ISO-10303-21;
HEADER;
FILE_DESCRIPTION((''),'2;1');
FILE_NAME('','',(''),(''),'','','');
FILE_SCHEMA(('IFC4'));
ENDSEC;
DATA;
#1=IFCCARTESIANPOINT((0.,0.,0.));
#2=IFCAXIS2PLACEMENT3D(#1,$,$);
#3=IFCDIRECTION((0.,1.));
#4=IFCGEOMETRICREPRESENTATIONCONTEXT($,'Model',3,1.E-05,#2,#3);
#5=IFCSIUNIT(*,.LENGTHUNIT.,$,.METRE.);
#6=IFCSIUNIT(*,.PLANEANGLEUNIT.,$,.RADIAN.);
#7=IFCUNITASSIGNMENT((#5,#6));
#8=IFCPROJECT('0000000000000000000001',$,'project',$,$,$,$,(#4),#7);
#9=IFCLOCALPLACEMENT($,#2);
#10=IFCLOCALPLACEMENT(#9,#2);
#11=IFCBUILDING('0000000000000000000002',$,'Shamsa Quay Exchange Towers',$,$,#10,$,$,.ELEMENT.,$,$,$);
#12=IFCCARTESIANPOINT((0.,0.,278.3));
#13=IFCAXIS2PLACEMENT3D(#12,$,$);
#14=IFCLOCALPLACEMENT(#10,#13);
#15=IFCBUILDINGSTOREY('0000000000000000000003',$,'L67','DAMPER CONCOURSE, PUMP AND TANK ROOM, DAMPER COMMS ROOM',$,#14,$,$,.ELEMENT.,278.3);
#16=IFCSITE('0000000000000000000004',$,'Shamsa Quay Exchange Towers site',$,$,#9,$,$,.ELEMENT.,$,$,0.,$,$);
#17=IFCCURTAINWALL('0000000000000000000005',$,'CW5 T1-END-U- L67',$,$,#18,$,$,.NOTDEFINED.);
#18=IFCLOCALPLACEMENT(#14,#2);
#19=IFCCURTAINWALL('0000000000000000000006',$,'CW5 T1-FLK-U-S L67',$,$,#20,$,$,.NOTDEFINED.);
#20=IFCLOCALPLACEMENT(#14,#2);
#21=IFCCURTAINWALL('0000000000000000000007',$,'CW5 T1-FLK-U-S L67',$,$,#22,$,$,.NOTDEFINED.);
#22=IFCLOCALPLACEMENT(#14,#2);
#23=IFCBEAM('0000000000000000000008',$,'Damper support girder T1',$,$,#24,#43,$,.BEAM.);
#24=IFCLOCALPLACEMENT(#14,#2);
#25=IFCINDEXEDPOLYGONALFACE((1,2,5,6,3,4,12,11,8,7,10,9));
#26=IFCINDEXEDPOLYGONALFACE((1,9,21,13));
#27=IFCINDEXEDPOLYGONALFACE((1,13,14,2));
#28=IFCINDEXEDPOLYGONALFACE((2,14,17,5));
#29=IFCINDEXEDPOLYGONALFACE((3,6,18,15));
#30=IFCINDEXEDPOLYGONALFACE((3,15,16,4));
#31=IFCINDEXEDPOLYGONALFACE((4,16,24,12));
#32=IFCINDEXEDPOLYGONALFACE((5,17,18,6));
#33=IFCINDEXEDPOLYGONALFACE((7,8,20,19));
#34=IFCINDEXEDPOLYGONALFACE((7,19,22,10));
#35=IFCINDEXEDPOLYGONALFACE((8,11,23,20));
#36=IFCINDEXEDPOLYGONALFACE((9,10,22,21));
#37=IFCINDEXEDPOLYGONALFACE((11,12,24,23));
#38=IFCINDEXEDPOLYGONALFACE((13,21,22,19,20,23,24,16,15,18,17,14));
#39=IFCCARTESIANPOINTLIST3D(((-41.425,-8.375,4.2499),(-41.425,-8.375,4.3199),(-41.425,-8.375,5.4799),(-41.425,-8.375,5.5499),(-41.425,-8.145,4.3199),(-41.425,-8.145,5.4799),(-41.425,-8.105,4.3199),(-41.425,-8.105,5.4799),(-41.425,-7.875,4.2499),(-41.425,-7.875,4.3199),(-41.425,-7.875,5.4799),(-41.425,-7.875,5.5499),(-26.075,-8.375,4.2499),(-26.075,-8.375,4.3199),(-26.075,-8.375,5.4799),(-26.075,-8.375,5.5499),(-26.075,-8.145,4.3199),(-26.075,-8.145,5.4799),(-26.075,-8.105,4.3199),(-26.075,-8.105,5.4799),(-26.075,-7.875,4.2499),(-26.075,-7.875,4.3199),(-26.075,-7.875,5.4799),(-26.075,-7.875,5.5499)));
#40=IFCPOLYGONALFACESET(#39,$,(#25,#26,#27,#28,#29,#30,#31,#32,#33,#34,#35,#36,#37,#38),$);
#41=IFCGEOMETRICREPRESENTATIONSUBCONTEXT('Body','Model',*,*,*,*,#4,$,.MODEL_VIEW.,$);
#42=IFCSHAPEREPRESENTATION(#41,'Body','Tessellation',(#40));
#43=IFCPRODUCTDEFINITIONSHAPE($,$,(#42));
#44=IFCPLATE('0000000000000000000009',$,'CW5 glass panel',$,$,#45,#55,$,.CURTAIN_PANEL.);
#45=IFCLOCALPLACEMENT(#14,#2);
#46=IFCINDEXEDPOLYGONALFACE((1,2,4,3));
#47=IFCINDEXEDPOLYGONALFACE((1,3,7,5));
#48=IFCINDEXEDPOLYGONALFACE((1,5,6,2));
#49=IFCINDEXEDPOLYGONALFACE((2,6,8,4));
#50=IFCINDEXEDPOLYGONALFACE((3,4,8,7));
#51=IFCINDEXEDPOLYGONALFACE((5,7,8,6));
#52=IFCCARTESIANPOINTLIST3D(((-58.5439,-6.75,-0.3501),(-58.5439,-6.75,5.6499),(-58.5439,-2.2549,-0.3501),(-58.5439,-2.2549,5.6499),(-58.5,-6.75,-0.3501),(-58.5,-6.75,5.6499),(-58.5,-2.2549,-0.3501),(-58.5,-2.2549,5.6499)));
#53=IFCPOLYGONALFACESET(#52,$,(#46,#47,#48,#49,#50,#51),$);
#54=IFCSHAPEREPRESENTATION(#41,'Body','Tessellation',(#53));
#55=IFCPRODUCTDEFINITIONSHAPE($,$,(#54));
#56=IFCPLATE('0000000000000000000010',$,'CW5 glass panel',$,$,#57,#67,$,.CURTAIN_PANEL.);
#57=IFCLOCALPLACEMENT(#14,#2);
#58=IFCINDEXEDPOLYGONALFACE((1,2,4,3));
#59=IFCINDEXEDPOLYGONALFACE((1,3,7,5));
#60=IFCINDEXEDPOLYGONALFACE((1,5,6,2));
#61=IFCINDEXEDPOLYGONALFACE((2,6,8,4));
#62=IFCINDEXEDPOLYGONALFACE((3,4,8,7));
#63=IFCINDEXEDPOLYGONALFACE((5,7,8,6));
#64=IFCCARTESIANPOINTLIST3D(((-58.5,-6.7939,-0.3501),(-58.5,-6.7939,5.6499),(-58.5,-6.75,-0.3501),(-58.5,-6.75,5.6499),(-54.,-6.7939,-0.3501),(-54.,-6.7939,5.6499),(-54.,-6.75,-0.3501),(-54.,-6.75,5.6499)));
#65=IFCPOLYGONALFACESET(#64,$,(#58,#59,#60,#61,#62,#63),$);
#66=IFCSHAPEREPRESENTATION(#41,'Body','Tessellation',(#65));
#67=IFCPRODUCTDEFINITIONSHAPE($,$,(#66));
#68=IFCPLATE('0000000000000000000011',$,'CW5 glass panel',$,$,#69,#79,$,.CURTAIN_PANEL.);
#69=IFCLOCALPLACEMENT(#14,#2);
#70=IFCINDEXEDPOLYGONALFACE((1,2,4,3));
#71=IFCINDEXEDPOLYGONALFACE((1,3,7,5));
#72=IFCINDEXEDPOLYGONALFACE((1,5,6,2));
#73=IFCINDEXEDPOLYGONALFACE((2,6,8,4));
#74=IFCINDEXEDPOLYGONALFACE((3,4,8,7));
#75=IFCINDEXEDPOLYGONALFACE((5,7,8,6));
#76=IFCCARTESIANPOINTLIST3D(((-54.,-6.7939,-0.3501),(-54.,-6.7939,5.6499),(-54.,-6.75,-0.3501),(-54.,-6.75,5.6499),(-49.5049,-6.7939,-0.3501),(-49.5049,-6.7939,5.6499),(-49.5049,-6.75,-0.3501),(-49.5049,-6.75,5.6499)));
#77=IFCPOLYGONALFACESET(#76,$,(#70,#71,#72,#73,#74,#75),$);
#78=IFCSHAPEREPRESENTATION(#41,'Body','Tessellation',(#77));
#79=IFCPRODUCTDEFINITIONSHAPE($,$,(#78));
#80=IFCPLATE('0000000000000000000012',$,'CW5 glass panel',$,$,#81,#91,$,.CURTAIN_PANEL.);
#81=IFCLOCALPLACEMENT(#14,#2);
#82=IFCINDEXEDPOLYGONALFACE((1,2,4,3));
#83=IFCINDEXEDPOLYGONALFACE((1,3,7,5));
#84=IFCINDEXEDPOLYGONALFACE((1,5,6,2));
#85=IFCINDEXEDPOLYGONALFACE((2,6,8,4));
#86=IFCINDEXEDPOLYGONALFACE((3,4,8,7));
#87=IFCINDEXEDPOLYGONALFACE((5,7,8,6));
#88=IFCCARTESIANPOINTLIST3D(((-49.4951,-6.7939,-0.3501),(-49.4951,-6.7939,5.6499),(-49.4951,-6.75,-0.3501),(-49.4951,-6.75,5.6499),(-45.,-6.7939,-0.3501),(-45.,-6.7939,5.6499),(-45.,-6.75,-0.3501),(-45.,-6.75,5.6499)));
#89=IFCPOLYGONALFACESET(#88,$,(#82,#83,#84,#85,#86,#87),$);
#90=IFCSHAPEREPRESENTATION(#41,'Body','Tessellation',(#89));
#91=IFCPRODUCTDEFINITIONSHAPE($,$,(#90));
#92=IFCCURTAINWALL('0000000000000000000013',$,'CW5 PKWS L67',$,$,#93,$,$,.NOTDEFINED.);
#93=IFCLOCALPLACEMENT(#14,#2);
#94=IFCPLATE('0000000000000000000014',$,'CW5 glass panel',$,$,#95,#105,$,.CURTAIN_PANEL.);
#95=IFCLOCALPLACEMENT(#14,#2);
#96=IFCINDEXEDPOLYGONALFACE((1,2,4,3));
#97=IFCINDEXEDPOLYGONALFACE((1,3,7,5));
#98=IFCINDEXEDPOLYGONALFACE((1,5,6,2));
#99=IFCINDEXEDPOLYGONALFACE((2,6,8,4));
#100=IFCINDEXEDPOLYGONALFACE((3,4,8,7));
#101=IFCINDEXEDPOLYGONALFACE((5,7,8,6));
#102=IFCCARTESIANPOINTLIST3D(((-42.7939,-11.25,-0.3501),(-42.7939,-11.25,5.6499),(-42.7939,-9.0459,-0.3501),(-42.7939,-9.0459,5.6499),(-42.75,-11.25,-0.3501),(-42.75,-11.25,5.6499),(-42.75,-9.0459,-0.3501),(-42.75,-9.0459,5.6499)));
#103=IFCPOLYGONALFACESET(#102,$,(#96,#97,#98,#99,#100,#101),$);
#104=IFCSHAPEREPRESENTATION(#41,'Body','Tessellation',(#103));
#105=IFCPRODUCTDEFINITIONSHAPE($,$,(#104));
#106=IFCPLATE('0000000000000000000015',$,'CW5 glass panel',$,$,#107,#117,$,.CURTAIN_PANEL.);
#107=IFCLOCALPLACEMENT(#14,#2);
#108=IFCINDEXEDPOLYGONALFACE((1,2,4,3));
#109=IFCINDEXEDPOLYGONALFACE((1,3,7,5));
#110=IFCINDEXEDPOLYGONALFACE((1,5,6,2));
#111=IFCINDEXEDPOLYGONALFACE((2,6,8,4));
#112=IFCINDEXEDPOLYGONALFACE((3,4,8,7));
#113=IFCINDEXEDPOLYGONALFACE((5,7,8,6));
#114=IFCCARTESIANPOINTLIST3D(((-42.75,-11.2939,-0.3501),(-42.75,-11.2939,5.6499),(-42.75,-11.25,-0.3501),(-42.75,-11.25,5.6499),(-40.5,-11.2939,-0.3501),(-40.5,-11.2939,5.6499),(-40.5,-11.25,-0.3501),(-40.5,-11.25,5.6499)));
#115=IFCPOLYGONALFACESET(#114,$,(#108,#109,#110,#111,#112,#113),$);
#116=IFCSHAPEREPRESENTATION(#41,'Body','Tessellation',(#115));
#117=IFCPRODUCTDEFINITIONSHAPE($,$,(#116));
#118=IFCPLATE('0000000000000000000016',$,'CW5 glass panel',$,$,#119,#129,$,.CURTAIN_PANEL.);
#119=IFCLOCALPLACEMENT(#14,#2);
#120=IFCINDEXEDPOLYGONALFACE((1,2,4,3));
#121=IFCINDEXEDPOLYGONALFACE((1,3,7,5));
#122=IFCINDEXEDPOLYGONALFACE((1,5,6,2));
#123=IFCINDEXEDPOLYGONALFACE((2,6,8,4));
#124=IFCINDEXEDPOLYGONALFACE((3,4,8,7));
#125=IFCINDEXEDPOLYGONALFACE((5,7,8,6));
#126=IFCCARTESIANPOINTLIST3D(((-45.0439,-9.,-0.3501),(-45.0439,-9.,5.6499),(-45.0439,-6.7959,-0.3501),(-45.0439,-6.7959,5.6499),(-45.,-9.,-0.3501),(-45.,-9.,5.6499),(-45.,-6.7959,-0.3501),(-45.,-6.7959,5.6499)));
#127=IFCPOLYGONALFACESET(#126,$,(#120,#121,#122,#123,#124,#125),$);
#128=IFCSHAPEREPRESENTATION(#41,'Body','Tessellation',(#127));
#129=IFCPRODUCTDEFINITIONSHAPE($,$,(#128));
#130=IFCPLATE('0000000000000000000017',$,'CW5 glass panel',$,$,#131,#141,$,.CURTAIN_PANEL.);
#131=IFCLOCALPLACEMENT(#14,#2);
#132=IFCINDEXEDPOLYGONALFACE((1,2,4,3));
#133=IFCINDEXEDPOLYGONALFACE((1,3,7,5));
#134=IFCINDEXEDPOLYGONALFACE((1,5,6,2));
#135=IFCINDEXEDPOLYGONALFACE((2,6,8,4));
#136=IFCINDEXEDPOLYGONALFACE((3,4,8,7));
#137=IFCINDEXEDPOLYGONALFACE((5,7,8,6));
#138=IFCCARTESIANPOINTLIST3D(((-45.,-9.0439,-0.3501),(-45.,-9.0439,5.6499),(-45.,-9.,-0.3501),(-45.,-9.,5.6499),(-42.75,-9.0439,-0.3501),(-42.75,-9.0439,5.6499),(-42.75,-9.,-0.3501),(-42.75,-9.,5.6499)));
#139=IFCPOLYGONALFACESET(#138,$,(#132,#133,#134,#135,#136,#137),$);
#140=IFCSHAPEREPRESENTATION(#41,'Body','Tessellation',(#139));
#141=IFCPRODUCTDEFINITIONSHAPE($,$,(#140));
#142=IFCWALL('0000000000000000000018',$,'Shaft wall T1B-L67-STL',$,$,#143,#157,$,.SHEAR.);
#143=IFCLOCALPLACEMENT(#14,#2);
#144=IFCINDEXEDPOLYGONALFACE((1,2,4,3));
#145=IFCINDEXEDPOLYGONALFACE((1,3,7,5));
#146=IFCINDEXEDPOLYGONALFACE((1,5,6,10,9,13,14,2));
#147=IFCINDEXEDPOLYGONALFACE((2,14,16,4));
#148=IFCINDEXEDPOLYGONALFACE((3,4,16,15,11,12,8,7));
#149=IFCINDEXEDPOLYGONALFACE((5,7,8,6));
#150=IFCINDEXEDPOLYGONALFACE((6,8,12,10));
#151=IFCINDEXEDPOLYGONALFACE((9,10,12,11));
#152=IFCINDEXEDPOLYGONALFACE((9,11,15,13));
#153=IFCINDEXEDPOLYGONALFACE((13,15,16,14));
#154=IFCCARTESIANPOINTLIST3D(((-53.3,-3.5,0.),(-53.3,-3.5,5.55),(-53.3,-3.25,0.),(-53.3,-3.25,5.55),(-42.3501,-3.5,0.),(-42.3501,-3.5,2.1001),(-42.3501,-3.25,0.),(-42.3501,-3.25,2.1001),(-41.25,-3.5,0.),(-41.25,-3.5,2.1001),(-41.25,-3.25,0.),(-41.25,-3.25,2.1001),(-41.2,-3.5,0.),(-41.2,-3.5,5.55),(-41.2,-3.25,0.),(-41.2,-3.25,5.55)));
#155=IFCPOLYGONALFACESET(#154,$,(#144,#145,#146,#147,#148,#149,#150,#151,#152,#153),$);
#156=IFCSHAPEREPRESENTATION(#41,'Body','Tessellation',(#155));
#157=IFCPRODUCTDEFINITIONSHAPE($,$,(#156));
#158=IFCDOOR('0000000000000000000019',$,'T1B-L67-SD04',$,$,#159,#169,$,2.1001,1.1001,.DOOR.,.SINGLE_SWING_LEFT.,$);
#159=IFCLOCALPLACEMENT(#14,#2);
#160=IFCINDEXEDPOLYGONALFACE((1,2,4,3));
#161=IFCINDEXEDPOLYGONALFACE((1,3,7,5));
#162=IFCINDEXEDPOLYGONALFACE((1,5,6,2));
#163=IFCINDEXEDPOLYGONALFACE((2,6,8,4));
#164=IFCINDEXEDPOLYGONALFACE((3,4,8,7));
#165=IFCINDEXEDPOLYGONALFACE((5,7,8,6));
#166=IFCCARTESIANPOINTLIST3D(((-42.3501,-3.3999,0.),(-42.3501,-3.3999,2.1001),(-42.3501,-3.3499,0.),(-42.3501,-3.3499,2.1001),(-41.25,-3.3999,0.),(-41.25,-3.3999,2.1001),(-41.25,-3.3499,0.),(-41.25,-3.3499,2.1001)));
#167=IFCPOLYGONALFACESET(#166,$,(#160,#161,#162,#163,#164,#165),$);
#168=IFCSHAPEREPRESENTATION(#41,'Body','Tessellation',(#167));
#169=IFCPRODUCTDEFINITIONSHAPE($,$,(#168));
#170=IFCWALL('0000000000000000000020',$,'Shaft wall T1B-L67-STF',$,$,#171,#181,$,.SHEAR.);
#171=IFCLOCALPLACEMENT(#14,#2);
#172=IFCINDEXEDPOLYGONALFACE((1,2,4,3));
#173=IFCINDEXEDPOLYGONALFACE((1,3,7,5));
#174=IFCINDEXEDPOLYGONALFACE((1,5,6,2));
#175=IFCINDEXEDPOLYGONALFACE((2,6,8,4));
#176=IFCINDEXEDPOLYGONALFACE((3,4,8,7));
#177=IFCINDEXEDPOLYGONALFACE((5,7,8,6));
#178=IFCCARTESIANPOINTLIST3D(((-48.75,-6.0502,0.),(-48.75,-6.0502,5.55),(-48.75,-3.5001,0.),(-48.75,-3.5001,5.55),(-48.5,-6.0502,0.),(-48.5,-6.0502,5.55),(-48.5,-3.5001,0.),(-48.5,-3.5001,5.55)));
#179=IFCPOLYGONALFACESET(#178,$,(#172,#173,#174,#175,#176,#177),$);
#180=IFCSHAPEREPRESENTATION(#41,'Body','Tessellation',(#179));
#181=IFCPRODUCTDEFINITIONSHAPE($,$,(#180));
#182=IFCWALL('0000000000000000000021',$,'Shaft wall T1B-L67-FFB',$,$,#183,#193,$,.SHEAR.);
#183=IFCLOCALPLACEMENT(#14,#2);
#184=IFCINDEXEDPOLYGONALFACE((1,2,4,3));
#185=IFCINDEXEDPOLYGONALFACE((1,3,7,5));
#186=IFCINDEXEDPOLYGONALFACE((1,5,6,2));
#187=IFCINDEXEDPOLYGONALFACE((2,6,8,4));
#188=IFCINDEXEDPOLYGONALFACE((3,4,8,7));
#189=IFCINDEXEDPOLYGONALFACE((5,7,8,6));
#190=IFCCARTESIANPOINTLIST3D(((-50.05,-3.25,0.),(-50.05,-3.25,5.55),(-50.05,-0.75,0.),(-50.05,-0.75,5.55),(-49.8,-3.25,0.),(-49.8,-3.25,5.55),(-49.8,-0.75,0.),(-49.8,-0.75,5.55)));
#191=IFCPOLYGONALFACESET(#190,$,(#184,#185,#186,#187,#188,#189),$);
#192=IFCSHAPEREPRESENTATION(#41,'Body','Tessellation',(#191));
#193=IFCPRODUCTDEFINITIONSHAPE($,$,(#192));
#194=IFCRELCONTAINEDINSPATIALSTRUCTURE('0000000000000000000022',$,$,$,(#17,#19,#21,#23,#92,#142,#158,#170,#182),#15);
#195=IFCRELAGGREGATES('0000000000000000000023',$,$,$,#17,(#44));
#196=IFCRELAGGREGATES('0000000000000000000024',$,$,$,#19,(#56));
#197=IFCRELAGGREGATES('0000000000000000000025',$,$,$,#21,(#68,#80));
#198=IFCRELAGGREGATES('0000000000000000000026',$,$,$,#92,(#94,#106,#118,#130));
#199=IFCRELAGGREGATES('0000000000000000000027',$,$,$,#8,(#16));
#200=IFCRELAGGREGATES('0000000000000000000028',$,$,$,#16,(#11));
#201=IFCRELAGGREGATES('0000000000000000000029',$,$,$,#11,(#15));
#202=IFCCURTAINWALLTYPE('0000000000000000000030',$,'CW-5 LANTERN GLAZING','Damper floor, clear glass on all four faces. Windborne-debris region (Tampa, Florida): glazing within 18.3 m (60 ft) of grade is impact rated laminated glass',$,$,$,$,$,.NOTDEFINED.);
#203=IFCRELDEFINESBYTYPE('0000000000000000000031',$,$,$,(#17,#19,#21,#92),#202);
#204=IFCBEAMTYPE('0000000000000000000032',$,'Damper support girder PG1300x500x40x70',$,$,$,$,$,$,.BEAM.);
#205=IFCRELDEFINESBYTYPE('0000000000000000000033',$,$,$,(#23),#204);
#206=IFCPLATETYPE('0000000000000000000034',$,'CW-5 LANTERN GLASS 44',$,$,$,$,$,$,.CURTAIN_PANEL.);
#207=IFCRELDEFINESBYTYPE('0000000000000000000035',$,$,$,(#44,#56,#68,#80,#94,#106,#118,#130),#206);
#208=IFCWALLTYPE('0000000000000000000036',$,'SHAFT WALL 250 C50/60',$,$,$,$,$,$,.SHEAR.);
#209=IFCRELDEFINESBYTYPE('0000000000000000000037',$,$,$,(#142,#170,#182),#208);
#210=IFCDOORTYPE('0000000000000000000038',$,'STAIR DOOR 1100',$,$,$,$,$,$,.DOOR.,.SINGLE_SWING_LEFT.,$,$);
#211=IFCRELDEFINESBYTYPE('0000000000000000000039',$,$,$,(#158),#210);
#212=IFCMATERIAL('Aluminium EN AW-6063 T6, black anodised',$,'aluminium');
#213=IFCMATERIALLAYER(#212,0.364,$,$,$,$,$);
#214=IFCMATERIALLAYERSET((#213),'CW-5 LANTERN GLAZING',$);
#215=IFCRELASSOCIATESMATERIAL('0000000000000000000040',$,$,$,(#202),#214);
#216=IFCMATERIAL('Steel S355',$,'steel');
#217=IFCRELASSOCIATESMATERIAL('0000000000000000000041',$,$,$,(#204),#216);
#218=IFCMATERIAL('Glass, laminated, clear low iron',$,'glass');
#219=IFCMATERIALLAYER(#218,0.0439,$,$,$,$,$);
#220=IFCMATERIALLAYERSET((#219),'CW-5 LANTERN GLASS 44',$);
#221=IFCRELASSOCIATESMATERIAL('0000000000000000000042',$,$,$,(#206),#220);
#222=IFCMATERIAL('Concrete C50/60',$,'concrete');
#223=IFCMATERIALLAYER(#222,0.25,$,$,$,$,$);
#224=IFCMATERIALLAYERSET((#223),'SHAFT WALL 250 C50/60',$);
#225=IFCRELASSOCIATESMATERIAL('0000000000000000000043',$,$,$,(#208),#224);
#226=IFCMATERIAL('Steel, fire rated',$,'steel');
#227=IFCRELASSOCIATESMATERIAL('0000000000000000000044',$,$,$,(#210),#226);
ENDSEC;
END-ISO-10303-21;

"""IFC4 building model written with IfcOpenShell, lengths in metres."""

from ifc_helpers import new_model, si_unit, direction, frame, frame_2d, origin, origin_2d, place, context, subcontext, project, spatial, rectangle, i_section, extrude, material, layer, layer_set, material_profile, profile_set, type_object, element, fill, aggregate, save


model = new_model("IFC4")

# Units and contexts
model_context = context("Model", 3, precision=1e-05, world=origin(), true_north=direction((0.0, 1.0)))
body_context = subcontext(model_context, "Body", "Model", "MODEL_VIEW")
ifc_project = project(units=[si_unit("LENGTHUNIT", "METRE"), si_unit("PLANEANGLEUNIT", "RADIAN")], contexts=[model_context])

# Site, building, storey
site_placement = place(None, origin())
site = spatial("IfcSite", under=ifc_project, at=site_placement, Name="Shamsa Quay Exchange Towers site", CompositionType="ELEMENT", RefElevation=0.0)
building_placement = place(site_placement, origin())
building = spatial("IfcBuilding", under=site, at=building_placement, Name="Shamsa Quay Exchange Towers", CompositionType="ELEMENT")
storey_placement = place(building_placement, frame((0.0, 0.0, 278.3)))
storey = spatial("IfcBuildingStorey", under=building, at=storey_placement, Name="L67", Description="DAMPER CONCOURSE, PUMP AND TANK ROOM, DAMPER COMMS ROOM", CompositionType="ELEMENT", Elevation=278.3)

# Curtain walls
ifc_material_1 = material(Name="Aluminium EN AW-6063 T6, black anodised", Category="aluminium")
ifc_layer_1 = layer(ifc_material_1, 0.364)
ifc_layer_set_1 = layer_set([ifc_layer_1], Name="CW-5 LANTERN GLAZING")
curtain_wall_type = type_object("IfcCurtainWallType", Name="CW-5 LANTERN GLAZING", Description="Damper floor, clear glass on all four faces. Windborne-debris region (Tampa, Florida): glazing within 18.3 m (60 ft) of grade is impact rated laminated glass", PredefinedType="NOTDEFINED", material=ifc_layer_set_1)
curtain_wall_1_placement = place(storey_placement, origin())
curtain_wall_1 = element("IfcCurtainWall", 1, at=curtain_wall_1_placement, inside=storey, type_object=curtain_wall_type, Name="CW5 T1-END-U- L67", PredefinedType="NOTDEFINED")
curtain_wall_2_placement = place(storey_placement, origin())
curtain_wall_2 = element("IfcCurtainWall", 2, at=curtain_wall_2_placement, inside=storey, type_object=curtain_wall_type, Name="CW5 T1-FLK-U-S L67", PredefinedType="NOTDEFINED")
curtain_wall_3_placement = place(storey_placement, origin())
curtain_wall_3 = element("IfcCurtainWall", 3, at=curtain_wall_3_placement, inside=storey, type_object=curtain_wall_type, Name="CW5 T1-FLK-U-S L67", PredefinedType="NOTDEFINED")

# Beam
ifc_material_2 = material(Name="Steel S355", Category="steel")
ifc_material_profile_1 = material_profile(ifc_material_2, i_section(OverallWidth=0.5, OverallDepth=1.3, WebThickness=0.04, FlangeThickness=0.0701, at=origin_2d()), Name="PG1300x500x40x70")
ifc_profile_set_1 = profile_set([ifc_material_profile_1], Name="Steel S355")
beam_type = type_object("IfcBeamType", Name="Damper support girder PG1300x500x40x70", PredefinedType="BEAM", material=ifc_profile_set_1)
beam_placement = place(storey_placement, frame((-41.425, -8.125, 4.8999), z_axis=(1.0, 0.0, 0.0), x_axis=(0.0, 1.0, 0.0)))
element("IfcBeam", 4, at=beam_placement, inside=storey, type_object=beam_type, Name="Damper support girder T1", PredefinedType="BEAM", context=body_context, shape_type="SweptSolid", body=[
    extrude(i_section(OverallWidth=0.5, OverallDepth=1.3, WebThickness=0.04, FlangeThickness=0.0701, at=origin_2d()), origin(), (0.0, 0.0, 1.0), 15.3501),
])

# Plates
ifc_material_3 = material(Name="Glass, laminated, clear low iron", Category="glass")
ifc_layer_2 = layer(ifc_material_3, 0.0439)
ifc_layer_set_2 = layer_set([ifc_layer_2], Name="CW-5 LANTERN GLASS 44")
plate_type = type_object("IfcPlateType", Name="CW-5 LANTERN GLASS 44", PredefinedType="CURTAIN_PANEL", material=ifc_layer_set_2)
plate_1_placement = place(storey_placement, frame((-58.522, -4.5024, -0.3501), z_axis=(0.0, 0.0, 1.0), x_axis=(0.0, -1.0, 0.0)))
plate_1 = element("IfcPlate", 5, at=plate_1_placement, type_object=plate_type, Name="CW5 glass panel", PredefinedType="CURTAIN_PANEL", context=body_context, shape_type="SweptSolid", body=[
    extrude(rectangle(XDim=4.4951, YDim=0.0439, at=origin_2d()), origin(), (0.0, 0.0, 1.0), 6.0),
])
aggregate(curtain_wall_1, [plate_1])
plate_2_placement = place(storey_placement, frame((-56.25, -6.772, -0.3501)))
plate_2 = element("IfcPlate", 6, at=plate_2_placement, type_object=plate_type, Name="CW5 glass panel", PredefinedType="CURTAIN_PANEL", context=body_context, shape_type="SweptSolid", body=[
    extrude(rectangle(XDim=4.5, YDim=0.0439, at=origin_2d()), origin(), (0.0, 0.0, 1.0), 6.0),
])
aggregate(curtain_wall_2, [plate_2])
plate_3_placement = place(storey_placement, frame((-51.7524, -6.772, -0.3501)))
plate_3 = element("IfcPlate", 7, at=plate_3_placement, type_object=plate_type, Name="CW5 glass panel", PredefinedType="CURTAIN_PANEL", context=body_context, shape_type="SweptSolid", body=[
    extrude(rectangle(XDim=4.4951, YDim=0.0439, at=origin_2d()), origin(), (0.0, 0.0, 1.0), 6.0),
])
plate_4_placement = place(storey_placement, frame((-47.2476, -6.772, -0.3501)))
plate_4 = element("IfcPlate", 8, at=plate_4_placement, type_object=plate_type, Name="CW5 glass panel", PredefinedType="CURTAIN_PANEL", context=body_context, shape_type="SweptSolid", body=[
    extrude(rectangle(XDim=4.4951, YDim=0.0439, at=origin_2d()), origin(), (0.0, 0.0, 1.0), 6.0),
])
aggregate(curtain_wall_3, [plate_3, plate_4])

# Curtain wall, plates
curtain_wall_4_placement = place(storey_placement, origin())
curtain_wall_4 = element("IfcCurtainWall", 9, at=curtain_wall_4_placement, inside=storey, type_object=curtain_wall_type, Name="CW5 PKWS L67", PredefinedType="NOTDEFINED")
plate_5_placement = place(storey_placement, frame((-42.772, -10.1479, -0.3501), z_axis=(0.0, 0.0, 1.0), x_axis=(0.0, -1.0, 0.0)))
plate_5 = element("IfcPlate", 10, at=plate_5_placement, type_object=plate_type, Name="CW5 glass panel", PredefinedType="CURTAIN_PANEL", context=body_context, shape_type="SweptSolid", body=[
    extrude(rectangle(XDim=2.2041, YDim=0.0439, at=origin_2d()), origin(), (0.0, 0.0, 1.0), 6.0),
])
plate_6_placement = place(storey_placement, frame((-41.625, -11.272, -0.3501)))
plate_6 = element("IfcPlate", 11, at=plate_6_placement, type_object=plate_type, Name="CW5 glass panel", PredefinedType="CURTAIN_PANEL", context=body_context, shape_type="SweptSolid", body=[
    extrude(rectangle(XDim=2.25, YDim=0.0439, at=origin_2d()), origin(), (0.0, 0.0, 1.0), 6.0),
])
plate_7_placement = place(storey_placement, frame((-45.022, -7.8979, -0.3501), z_axis=(0.0, 0.0, 1.0), x_axis=(0.0, -1.0, 0.0)))
plate_7 = element("IfcPlate", 12, at=plate_7_placement, type_object=plate_type, Name="CW5 glass panel", PredefinedType="CURTAIN_PANEL", context=body_context, shape_type="SweptSolid", body=[
    extrude(rectangle(XDim=2.2041, YDim=0.0439, at=origin_2d()), origin(), (0.0, 0.0, 1.0), 6.0),
])
plate_8_placement = place(storey_placement, frame((-43.875, -9.022, -0.3501)))
plate_8 = element("IfcPlate", 13, at=plate_8_placement, type_object=plate_type, Name="CW5 glass panel", PredefinedType="CURTAIN_PANEL", context=body_context, shape_type="SweptSolid", body=[
    extrude(rectangle(XDim=2.25, YDim=0.0439, at=origin_2d()), origin(), (0.0, 0.0, 1.0), 6.0),
])
aggregate(curtain_wall_4, [plate_5, plate_6, plate_7, plate_8])

# Shared definitions
ifc_material_4 = material(Name="Steel, fire rated", Category="steel")

# Wall, opening, door
ifc_material_5 = material(Name="Concrete C50/60", Category="concrete")
ifc_layer_3 = layer(ifc_material_5, 0.25)
ifc_layer_set_3 = layer_set([ifc_layer_3], Name="SHAFT WALL 250 C50/60")
wall_type_1 = type_object("IfcWallType", Name="SHAFT WALL 250 C50/60", PredefinedType="SHEAR", material=ifc_layer_set_3)
wall_1_placement = place(storey_placement, frame((-41.2, -3.375, 0.0), z_axis=(0.0, 0.0, 1.0), x_axis=(-1.0, 0.0, 0.0)))
wall_1 = element("IfcWall", 14, at=wall_1_placement, inside=storey, type_object=wall_type_1, Name="Shaft wall T1B-L67-STL", PredefinedType="SHEAR", context=body_context, shape_type="SweptSolid", body=[
    extrude(rectangle(XDim=12.1001, YDim=0.25, at=frame_2d((6.05, 0.0))), origin(), (0.0, 0.0, 1.0), 5.55),
])
opening_1_placement = place(wall_1_placement, frame((0.05, 0.0, 0.0)))
opening_1 = element("IfcOpeningElement", 15, at=opening_1_placement, cuts=wall_1, PredefinedType="OPENING", context=body_context, shape_type="SweptSolid", body=[
    extrude(rectangle(XDim=1.1001, YDim=2.1001, at=frame_2d((0.55, 1.05))), frame((0.0, 0.135, 0.0), z_axis=(0.0, -1.0, 0.0), x_axis=(1.0, 0.0, 0.0)), (0.0, 0.0, 1.0), 0.27),
])
door_type_1 = type_object("IfcDoorType", Name="STAIR DOOR 1100", OperationType="SINGLE_SWING_LEFT", PredefinedType="DOOR", material=ifc_material_4)
door_1_placement = place(opening_1_placement, origin())
door_1 = element("IfcDoor", 16, at=door_1_placement, inside=storey, type_object=door_type_1, Name="T1B-L67-SD04", OperationType="SINGLE_SWING_LEFT", OverallHeight=2.1001, OverallWidth=1.1001, PredefinedType="DOOR", context=body_context, shape_type="SweptSolid", body=[
    extrude(rectangle(XDim=1.1001, YDim=2.1001, at=frame_2d((0.55, 1.05))), frame((0.0, 0.0249, 0.0), z_axis=(0.0, -1.0, 0.0), x_axis=(1.0, 0.0, 0.0)), (0.0, 0.0, 1.0), 0.05),
])
fill(opening_1, door_1)

# Wall
wall_2_placement = place(storey_placement, frame((-48.625, -6.05, 0.0), z_axis=(0.0, 0.0, 1.0), x_axis=(0.0, 1.0, 0.0)))
element("IfcWall", 17, at=wall_2_placement, inside=storey, type_object=wall_type_1, Name="Shaft wall T1B-L67-STF", PredefinedType="SHEAR", context=body_context, shape_type="SweptSolid", body=[
    extrude(rectangle(XDim=2.55, YDim=0.25, at=frame_2d((1.2749, 0.0))), origin(), (0.0, 0.0, 1.0), 5.55),
])

# Wall
wall_3_placement = place(storey_placement, frame((-49.925, -3.25, 0.0), z_axis=(0.0, 0.0, 1.0), x_axis=(0.0, 1.0, 0.0)))
element("IfcWall", 18, at=wall_3_placement, inside=storey, type_object=wall_type_1, Name="Shaft wall T1B-L67-FFB", PredefinedType="SHEAR", context=body_context, shape_type="SweptSolid", body=[
    extrude(rectangle(XDim=2.5, YDim=0.25, at=frame_2d((1.25, 0.0))), origin(), (0.0, 0.0, 1.0), 5.55),
])

save(model, "model.ifc")
